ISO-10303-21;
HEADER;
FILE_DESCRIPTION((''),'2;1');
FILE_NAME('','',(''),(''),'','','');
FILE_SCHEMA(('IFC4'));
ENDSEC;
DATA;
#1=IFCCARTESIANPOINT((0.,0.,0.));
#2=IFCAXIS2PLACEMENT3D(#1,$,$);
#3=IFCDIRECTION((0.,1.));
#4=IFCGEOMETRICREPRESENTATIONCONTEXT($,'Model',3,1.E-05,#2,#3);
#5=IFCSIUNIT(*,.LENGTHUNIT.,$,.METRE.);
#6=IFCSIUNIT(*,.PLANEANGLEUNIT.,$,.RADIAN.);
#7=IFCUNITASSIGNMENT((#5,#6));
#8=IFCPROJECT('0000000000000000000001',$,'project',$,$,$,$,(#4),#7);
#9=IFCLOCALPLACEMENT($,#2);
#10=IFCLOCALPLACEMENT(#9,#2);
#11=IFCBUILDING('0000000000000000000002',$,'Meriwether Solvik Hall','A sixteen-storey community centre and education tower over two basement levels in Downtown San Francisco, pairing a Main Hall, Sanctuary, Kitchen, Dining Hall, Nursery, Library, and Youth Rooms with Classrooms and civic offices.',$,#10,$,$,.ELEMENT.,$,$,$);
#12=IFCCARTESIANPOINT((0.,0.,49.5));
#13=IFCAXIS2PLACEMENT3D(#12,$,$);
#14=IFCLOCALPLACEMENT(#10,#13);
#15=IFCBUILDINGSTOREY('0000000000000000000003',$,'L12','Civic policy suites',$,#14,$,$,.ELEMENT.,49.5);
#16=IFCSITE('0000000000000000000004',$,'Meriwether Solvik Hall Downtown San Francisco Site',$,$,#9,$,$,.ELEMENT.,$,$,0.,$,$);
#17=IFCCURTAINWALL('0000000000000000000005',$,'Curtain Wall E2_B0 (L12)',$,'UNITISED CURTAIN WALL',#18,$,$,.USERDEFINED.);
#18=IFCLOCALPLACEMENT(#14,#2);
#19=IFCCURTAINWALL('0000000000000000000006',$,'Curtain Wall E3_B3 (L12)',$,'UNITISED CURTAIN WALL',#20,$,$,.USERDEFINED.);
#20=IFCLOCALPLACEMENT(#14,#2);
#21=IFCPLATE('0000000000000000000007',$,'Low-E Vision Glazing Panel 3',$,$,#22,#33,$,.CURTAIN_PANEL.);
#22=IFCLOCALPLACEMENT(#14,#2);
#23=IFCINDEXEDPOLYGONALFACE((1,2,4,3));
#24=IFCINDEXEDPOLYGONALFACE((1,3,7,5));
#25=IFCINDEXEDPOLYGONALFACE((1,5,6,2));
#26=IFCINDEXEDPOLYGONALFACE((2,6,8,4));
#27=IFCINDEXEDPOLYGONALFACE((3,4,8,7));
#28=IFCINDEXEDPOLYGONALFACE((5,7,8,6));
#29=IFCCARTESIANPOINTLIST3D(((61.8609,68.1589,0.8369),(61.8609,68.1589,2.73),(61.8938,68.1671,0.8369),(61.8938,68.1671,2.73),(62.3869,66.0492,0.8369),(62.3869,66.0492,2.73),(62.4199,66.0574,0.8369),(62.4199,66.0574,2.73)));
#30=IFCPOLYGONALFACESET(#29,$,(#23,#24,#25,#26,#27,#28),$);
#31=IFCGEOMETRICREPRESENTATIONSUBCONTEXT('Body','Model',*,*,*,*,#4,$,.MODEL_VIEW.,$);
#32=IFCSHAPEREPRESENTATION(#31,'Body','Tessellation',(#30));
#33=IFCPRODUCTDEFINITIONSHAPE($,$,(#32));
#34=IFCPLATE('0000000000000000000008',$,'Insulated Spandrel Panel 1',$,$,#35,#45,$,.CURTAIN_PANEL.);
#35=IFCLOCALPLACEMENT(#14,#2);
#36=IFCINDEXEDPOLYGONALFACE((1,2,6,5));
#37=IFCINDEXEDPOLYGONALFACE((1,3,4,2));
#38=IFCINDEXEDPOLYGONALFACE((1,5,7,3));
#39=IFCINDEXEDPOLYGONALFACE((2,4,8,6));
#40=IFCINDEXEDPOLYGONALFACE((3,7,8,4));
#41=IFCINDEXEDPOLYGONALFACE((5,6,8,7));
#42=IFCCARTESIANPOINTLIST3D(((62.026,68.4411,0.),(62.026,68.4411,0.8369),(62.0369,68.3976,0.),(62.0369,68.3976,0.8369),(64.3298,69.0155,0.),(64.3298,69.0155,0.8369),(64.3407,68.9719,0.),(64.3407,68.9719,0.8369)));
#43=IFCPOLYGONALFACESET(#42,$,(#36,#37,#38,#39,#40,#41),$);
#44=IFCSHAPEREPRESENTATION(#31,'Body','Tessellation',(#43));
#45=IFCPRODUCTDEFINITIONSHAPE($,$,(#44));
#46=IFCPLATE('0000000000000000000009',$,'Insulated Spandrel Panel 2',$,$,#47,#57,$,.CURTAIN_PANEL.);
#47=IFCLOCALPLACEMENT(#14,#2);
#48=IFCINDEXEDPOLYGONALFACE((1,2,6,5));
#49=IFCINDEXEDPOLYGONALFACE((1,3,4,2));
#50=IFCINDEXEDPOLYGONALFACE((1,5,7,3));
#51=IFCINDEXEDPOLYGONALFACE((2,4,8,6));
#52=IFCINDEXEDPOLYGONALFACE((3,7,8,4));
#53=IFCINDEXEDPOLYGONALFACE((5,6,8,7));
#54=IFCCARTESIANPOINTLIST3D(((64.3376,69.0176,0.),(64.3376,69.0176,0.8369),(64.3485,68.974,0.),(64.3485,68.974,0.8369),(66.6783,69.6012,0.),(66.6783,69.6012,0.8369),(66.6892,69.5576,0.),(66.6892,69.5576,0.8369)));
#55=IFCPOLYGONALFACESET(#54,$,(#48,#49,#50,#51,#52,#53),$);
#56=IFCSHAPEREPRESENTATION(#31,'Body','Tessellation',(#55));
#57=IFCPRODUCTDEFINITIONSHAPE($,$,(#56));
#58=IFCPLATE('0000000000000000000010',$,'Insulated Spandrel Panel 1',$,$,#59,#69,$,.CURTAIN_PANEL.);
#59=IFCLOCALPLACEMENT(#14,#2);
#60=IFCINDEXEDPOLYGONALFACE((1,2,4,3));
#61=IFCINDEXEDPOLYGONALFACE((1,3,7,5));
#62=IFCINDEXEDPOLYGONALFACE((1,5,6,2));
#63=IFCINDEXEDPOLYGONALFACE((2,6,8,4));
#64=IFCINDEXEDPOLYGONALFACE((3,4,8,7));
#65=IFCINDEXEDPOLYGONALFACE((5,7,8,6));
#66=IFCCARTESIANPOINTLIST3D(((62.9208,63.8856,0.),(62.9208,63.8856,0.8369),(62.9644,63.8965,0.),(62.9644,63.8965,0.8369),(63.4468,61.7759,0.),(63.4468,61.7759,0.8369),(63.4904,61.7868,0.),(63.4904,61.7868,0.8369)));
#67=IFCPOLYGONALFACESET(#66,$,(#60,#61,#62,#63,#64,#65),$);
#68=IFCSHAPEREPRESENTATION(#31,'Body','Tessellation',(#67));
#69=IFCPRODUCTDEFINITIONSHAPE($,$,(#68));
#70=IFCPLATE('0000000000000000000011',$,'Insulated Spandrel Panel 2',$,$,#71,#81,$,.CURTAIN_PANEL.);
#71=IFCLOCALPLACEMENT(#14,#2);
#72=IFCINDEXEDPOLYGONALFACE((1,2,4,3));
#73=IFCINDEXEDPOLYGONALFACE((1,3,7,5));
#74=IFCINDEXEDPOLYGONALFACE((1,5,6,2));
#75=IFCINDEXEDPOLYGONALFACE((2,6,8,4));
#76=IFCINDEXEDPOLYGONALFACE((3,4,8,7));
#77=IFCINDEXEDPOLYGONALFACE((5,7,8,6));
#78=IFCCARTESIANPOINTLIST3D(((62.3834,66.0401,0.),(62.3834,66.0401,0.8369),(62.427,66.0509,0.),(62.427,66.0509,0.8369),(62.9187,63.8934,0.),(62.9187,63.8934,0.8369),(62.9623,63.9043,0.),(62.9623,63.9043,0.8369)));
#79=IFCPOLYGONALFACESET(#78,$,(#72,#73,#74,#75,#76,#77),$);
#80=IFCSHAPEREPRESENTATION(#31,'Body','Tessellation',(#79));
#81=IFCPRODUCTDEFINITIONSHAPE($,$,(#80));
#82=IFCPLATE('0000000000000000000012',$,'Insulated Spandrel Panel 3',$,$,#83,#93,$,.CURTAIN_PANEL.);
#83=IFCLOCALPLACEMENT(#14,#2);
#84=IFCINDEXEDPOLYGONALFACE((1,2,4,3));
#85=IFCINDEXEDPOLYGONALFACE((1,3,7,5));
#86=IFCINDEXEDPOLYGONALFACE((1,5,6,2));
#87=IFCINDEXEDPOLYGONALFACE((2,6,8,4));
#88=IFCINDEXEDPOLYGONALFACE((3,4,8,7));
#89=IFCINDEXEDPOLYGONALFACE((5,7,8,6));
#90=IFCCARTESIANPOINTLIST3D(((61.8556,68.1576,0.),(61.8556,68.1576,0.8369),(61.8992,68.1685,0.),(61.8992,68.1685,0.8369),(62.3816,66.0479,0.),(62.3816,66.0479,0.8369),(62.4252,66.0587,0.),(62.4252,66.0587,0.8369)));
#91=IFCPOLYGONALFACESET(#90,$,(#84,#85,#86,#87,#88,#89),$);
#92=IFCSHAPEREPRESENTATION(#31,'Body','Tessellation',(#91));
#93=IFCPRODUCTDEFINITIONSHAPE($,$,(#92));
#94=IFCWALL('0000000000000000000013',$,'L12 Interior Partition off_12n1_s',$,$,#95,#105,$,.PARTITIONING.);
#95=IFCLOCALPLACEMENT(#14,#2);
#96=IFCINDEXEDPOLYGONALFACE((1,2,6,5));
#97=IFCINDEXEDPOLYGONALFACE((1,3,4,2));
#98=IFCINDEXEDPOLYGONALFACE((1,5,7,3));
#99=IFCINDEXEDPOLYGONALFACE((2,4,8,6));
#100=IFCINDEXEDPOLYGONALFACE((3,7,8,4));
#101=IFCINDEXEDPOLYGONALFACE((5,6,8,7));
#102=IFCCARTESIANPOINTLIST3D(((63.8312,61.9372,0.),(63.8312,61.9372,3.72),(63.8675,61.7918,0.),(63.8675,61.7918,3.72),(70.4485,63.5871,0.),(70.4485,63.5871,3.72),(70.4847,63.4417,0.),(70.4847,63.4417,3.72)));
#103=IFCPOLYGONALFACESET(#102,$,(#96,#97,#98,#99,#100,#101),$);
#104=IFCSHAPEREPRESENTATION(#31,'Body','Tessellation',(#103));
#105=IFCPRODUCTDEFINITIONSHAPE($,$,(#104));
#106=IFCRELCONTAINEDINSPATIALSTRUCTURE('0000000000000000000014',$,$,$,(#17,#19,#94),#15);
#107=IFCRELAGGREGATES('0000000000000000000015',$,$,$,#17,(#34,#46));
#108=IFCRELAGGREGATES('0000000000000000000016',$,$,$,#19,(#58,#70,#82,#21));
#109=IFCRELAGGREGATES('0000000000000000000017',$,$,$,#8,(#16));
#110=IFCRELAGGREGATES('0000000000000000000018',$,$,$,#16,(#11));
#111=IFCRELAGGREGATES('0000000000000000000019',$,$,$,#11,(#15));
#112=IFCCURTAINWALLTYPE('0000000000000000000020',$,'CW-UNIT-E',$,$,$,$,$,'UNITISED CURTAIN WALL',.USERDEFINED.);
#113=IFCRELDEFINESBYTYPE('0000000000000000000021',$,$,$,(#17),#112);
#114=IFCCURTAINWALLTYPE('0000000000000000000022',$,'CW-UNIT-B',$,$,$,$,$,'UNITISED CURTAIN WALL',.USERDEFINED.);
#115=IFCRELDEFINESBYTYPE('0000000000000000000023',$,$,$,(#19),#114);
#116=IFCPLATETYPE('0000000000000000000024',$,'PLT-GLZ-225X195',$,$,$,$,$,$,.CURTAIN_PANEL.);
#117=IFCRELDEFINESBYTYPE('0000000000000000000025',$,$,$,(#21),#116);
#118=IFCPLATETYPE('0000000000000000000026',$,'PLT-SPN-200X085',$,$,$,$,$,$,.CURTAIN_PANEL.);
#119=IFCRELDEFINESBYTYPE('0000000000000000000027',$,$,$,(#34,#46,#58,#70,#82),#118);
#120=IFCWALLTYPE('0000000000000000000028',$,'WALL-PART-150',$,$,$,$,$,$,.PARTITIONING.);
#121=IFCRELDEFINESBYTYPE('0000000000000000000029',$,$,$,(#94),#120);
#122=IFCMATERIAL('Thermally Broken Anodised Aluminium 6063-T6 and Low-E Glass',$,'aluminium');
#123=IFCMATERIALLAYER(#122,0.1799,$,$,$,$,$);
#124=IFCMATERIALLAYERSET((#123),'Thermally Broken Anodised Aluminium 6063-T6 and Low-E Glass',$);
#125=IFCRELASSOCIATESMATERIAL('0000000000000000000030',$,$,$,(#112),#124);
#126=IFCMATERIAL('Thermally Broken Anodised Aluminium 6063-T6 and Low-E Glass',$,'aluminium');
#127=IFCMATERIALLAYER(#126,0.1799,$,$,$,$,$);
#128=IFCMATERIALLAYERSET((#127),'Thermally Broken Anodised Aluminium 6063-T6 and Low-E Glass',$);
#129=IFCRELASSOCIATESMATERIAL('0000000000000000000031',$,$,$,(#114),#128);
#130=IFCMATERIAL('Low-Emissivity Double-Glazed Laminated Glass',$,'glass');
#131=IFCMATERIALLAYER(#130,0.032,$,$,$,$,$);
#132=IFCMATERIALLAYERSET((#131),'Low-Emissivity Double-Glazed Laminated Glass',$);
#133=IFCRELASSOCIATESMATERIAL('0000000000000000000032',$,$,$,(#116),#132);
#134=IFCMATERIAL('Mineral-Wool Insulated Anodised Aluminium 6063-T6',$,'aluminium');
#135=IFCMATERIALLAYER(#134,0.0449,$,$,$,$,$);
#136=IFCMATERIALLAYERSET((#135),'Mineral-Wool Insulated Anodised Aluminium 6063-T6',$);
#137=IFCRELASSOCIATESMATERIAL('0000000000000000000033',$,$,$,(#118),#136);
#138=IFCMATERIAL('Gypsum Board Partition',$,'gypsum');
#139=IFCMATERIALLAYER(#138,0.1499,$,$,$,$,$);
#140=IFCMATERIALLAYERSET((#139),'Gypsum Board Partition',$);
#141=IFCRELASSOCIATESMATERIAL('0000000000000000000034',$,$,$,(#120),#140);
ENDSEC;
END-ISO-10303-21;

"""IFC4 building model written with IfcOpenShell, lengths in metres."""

from ifc_helpers import new_model, si_unit, direction, frame, frame_2d, origin, origin_2d, place, context, subcontext, project, spatial, rectangle, extrude, material, layer, layer_set, type_object, element, aggregate, save


model = new_model("IFC4")

# Units and contexts
model_context = context("Model", 3, precision=1e-05, world=origin(), true_north=direction((0.0, 1.0)))
body_context = subcontext(model_context, "Body", "Model", "MODEL_VIEW")
ifc_project = project(units=[si_unit("LENGTHUNIT", "METRE"), si_unit("PLANEANGLEUNIT", "RADIAN")], contexts=[model_context])

# Site, building, storey
site_placement = place(None, origin())
site = spatial("IfcSite", under=ifc_project, at=site_placement, Name="Meriwether Solvik Hall Downtown San Francisco Site", CompositionType="ELEMENT", RefElevation=0.0)
building_placement = place(site_placement, origin())
building = spatial("IfcBuilding", under=site, at=building_placement, Name="Meriwether Solvik Hall", Description="A sixteen-storey community centre and education tower over two basement levels in Downtown San Francisco, pairing a Main Hall, Sanctuary, Kitchen, Dining Hall, Nursery, Library, and Youth Rooms with Classrooms and civic offices.", CompositionType="ELEMENT")
storey_placement = place(building_placement, frame((0.0, 0.0, 49.5)))
storey = spatial("IfcBuildingStorey", under=building, at=storey_placement, Name="L12", Description="Civic policy suites", CompositionType="ELEMENT", Elevation=49.5)

# Curtain walls
ifc_material_1 = material(Name="Thermally Broken Anodised Aluminium 6063-T6 and Low-E Glass", Category="aluminium")
ifc_layer_1 = layer(ifc_material_1, 0.1799)
ifc_layer_set_1 = layer_set([ifc_layer_1], Name="Thermally Broken Anodised Aluminium 6063-T6 and Low-E Glass")
curtain_wall_type_1 = type_object("IfcCurtainWallType", Name="CW-UNIT-E", ElementType="UNITISED CURTAIN WALL", PredefinedType="USERDEFINED", material=ifc_layer_set_1)
curtain_wall_1_placement = place(storey_placement, origin())
curtain_wall_1 = element("IfcCurtainWall", 1, at=curtain_wall_1_placement, inside=storey, type_object=curtain_wall_type_1, Name="Curtain Wall E2_B0 (L12)", ObjectType="UNITISED CURTAIN WALL", PredefinedType="USERDEFINED")
ifc_material_2 = material(Name="Thermally Broken Anodised Aluminium 6063-T6 and Low-E Glass", Category="aluminium")
ifc_layer_2 = layer(ifc_material_2, 0.1799)
ifc_layer_set_2 = layer_set([ifc_layer_2], Name="Thermally Broken Anodised Aluminium 6063-T6 and Low-E Glass")
curtain_wall_type_2 = type_object("IfcCurtainWallType", Name="CW-UNIT-B", ElementType="UNITISED CURTAIN WALL", PredefinedType="USERDEFINED", material=ifc_layer_set_2)
curtain_wall_2_placement = place(storey_placement, origin())
curtain_wall_2 = element("IfcCurtainWall", 2, at=curtain_wall_2_placement, inside=storey, type_object=curtain_wall_type_2, Name="Curtain Wall E3_B3 (L12)", ObjectType="UNITISED CURTAIN WALL", PredefinedType="USERDEFINED")

# Plates
ifc_material_3 = material(Name="Low-Emissivity Double-Glazed Laminated Glass", Category="glass")
ifc_layer_3 = layer(ifc_material_3, 0.032)
ifc_layer_set_3 = layer_set([ifc_layer_3], Name="Low-Emissivity Double-Glazed Laminated Glass")
plate_type_1 = type_object("IfcPlateType", Name="PLT-GLZ-225X195", PredefinedType="CURTAIN_PANEL", material=ifc_layer_set_3)
plate_1_placement = place(storey_placement, frame((62.1404, 67.1082, 0.8369), z_axis=(0.0, 0.0, 1.0), x_axis=(-0.241922, 0.970296, 0.0)))
plate_1 = element("IfcPlate", 3, at=plate_1_placement, type_object=plate_type_1, Name="Low-E Vision Glazing Panel 3", PredefinedType="CURTAIN_PANEL", context=body_context, shape_type="SweptSolid", body=[
    extrude(rectangle(XDim=2.1743, YDim=0.0339, at=origin_2d()), origin(), (0.0, 0.0, 1.0), 1.8931),
])
ifc_material_4 = material(Name="Mineral-Wool Insulated Anodised Aluminium 6063-T6", Category="aluminium")
ifc_layer_4 = layer(ifc_material_4, 0.0449)
ifc_layer_set_4 = layer_set([ifc_layer_4], Name="Mineral-Wool Insulated Anodised Aluminium 6063-T6")
plate_type_2 = type_object("IfcPlateType", Name="PLT-SPN-200X085", PredefinedType="CURTAIN_PANEL", material=ifc_layer_set_4)
plate_2_placement = place(storey_placement, frame((63.1833, 68.7065, 0.0), z_axis=(0.0, 0.0, 1.0), x_axis=(0.970296, 0.241922, 0.0)))
plate_2 = element("IfcPlate", 4, at=plate_2_placement, type_object=plate_type_2, Name="Insulated Spandrel Panel 1", PredefinedType="CURTAIN_PANEL", context=body_context, shape_type="SweptSolid", body=[
    extrude(rectangle(XDim=2.3743, YDim=0.0449, at=origin_2d()), origin(), (0.0, 0.0, 1.0), 0.8369),
])
plate_3_placement = place(storey_placement, frame((65.5134, 69.2876, 0.0), z_axis=(0.0, 0.0, 1.0), x_axis=(0.970296, 0.241922, 0.0)))
plate_3 = element("IfcPlate", 5, at=plate_3_placement, type_object=plate_type_2, Name="Insulated Spandrel Panel 2", PredefinedType="CURTAIN_PANEL", context=body_context, shape_type="SweptSolid", body=[
    extrude(rectangle(XDim=2.4124, YDim=0.0449, at=origin_2d()), origin(), (0.0, 0.0, 1.0), 0.8369),
])
aggregate(curtain_wall_1, [plate_2, plate_3])
plate_4_placement = place(storey_placement, frame((63.2056, 62.8362, 0.0), z_axis=(0.0, 0.0, 1.0), x_axis=(-0.241922, 0.970296, 0.0)))
plate_4 = element("IfcPlate", 6, at=plate_4_placement, type_object=plate_type_2, Name="Insulated Spandrel Panel 1", PredefinedType="CURTAIN_PANEL", context=body_context, shape_type="SweptSolid", body=[
    extrude(rectangle(XDim=2.1743, YDim=0.0449, at=origin_2d()), origin(), (0.0, 0.0, 1.0), 0.8369),
])
plate_5_placement = place(storey_placement, frame((62.6729, 64.9722, 0.0), z_axis=(0.0, 0.0, 1.0), x_axis=(-0.241922, 0.970296, 0.0)))
plate_5 = element("IfcPlate", 7, at=plate_5_placement, type_object=plate_type_2, Name="Insulated Spandrel Panel 2", PredefinedType="CURTAIN_PANEL", context=body_context, shape_type="SweptSolid", body=[
    extrude(rectangle(XDim=2.2124, YDim=0.0449, at=origin_2d()), origin(), (0.0, 0.0, 1.0), 0.8369),
])
plate_6_placement = place(storey_placement, frame((62.1404, 67.1082, 0.0), z_axis=(0.0, 0.0, 1.0), x_axis=(-0.241922, 0.970296, 0.0)))
plate_6 = element("IfcPlate", 8, at=plate_6_placement, type_object=plate_type_2, Name="Insulated Spandrel Panel 3", PredefinedType="CURTAIN_PANEL", context=body_context, shape_type="SweptSolid", body=[
    extrude(rectangle(XDim=2.1743, YDim=0.0449, at=origin_2d()), origin(), (0.0, 0.0, 1.0), 0.8369),
])
aggregate(curtain_wall_2, [plate_4, plate_5, plate_6, plate_1])

# Wall
ifc_material_5 = material(Name="Gypsum Board Partition", Category="gypsum")
ifc_layer_5 = layer(ifc_material_5, 0.1499)
ifc_layer_set_5 = layer_set([ifc_layer_5], Name="Gypsum Board Partition")
wall_type = type_object("IfcWallType", Name="WALL-PART-150", PredefinedType="PARTITIONING", material=ifc_layer_set_5)
wall_placement = place(storey_placement, frame((63.8494, 61.8645, 0.0), z_axis=(0.0, 0.0, 1.0), x_axis=(0.970294, 0.241929, 0.0)))
element("IfcWall", 9, at=wall_placement, inside=storey, type_object=wall_type, Name="L12 Interior Partition off_12n1_s", PredefinedType="PARTITIONING", context=body_context, shape_type="SweptSolid", body=[
    extrude(rectangle(XDim=6.8198, YDim=0.1499, at=frame_2d((3.4099, 0.0))), origin(), (0.0, 0.0, 1.0), 3.72),
])

save(model, "model.ifc")
